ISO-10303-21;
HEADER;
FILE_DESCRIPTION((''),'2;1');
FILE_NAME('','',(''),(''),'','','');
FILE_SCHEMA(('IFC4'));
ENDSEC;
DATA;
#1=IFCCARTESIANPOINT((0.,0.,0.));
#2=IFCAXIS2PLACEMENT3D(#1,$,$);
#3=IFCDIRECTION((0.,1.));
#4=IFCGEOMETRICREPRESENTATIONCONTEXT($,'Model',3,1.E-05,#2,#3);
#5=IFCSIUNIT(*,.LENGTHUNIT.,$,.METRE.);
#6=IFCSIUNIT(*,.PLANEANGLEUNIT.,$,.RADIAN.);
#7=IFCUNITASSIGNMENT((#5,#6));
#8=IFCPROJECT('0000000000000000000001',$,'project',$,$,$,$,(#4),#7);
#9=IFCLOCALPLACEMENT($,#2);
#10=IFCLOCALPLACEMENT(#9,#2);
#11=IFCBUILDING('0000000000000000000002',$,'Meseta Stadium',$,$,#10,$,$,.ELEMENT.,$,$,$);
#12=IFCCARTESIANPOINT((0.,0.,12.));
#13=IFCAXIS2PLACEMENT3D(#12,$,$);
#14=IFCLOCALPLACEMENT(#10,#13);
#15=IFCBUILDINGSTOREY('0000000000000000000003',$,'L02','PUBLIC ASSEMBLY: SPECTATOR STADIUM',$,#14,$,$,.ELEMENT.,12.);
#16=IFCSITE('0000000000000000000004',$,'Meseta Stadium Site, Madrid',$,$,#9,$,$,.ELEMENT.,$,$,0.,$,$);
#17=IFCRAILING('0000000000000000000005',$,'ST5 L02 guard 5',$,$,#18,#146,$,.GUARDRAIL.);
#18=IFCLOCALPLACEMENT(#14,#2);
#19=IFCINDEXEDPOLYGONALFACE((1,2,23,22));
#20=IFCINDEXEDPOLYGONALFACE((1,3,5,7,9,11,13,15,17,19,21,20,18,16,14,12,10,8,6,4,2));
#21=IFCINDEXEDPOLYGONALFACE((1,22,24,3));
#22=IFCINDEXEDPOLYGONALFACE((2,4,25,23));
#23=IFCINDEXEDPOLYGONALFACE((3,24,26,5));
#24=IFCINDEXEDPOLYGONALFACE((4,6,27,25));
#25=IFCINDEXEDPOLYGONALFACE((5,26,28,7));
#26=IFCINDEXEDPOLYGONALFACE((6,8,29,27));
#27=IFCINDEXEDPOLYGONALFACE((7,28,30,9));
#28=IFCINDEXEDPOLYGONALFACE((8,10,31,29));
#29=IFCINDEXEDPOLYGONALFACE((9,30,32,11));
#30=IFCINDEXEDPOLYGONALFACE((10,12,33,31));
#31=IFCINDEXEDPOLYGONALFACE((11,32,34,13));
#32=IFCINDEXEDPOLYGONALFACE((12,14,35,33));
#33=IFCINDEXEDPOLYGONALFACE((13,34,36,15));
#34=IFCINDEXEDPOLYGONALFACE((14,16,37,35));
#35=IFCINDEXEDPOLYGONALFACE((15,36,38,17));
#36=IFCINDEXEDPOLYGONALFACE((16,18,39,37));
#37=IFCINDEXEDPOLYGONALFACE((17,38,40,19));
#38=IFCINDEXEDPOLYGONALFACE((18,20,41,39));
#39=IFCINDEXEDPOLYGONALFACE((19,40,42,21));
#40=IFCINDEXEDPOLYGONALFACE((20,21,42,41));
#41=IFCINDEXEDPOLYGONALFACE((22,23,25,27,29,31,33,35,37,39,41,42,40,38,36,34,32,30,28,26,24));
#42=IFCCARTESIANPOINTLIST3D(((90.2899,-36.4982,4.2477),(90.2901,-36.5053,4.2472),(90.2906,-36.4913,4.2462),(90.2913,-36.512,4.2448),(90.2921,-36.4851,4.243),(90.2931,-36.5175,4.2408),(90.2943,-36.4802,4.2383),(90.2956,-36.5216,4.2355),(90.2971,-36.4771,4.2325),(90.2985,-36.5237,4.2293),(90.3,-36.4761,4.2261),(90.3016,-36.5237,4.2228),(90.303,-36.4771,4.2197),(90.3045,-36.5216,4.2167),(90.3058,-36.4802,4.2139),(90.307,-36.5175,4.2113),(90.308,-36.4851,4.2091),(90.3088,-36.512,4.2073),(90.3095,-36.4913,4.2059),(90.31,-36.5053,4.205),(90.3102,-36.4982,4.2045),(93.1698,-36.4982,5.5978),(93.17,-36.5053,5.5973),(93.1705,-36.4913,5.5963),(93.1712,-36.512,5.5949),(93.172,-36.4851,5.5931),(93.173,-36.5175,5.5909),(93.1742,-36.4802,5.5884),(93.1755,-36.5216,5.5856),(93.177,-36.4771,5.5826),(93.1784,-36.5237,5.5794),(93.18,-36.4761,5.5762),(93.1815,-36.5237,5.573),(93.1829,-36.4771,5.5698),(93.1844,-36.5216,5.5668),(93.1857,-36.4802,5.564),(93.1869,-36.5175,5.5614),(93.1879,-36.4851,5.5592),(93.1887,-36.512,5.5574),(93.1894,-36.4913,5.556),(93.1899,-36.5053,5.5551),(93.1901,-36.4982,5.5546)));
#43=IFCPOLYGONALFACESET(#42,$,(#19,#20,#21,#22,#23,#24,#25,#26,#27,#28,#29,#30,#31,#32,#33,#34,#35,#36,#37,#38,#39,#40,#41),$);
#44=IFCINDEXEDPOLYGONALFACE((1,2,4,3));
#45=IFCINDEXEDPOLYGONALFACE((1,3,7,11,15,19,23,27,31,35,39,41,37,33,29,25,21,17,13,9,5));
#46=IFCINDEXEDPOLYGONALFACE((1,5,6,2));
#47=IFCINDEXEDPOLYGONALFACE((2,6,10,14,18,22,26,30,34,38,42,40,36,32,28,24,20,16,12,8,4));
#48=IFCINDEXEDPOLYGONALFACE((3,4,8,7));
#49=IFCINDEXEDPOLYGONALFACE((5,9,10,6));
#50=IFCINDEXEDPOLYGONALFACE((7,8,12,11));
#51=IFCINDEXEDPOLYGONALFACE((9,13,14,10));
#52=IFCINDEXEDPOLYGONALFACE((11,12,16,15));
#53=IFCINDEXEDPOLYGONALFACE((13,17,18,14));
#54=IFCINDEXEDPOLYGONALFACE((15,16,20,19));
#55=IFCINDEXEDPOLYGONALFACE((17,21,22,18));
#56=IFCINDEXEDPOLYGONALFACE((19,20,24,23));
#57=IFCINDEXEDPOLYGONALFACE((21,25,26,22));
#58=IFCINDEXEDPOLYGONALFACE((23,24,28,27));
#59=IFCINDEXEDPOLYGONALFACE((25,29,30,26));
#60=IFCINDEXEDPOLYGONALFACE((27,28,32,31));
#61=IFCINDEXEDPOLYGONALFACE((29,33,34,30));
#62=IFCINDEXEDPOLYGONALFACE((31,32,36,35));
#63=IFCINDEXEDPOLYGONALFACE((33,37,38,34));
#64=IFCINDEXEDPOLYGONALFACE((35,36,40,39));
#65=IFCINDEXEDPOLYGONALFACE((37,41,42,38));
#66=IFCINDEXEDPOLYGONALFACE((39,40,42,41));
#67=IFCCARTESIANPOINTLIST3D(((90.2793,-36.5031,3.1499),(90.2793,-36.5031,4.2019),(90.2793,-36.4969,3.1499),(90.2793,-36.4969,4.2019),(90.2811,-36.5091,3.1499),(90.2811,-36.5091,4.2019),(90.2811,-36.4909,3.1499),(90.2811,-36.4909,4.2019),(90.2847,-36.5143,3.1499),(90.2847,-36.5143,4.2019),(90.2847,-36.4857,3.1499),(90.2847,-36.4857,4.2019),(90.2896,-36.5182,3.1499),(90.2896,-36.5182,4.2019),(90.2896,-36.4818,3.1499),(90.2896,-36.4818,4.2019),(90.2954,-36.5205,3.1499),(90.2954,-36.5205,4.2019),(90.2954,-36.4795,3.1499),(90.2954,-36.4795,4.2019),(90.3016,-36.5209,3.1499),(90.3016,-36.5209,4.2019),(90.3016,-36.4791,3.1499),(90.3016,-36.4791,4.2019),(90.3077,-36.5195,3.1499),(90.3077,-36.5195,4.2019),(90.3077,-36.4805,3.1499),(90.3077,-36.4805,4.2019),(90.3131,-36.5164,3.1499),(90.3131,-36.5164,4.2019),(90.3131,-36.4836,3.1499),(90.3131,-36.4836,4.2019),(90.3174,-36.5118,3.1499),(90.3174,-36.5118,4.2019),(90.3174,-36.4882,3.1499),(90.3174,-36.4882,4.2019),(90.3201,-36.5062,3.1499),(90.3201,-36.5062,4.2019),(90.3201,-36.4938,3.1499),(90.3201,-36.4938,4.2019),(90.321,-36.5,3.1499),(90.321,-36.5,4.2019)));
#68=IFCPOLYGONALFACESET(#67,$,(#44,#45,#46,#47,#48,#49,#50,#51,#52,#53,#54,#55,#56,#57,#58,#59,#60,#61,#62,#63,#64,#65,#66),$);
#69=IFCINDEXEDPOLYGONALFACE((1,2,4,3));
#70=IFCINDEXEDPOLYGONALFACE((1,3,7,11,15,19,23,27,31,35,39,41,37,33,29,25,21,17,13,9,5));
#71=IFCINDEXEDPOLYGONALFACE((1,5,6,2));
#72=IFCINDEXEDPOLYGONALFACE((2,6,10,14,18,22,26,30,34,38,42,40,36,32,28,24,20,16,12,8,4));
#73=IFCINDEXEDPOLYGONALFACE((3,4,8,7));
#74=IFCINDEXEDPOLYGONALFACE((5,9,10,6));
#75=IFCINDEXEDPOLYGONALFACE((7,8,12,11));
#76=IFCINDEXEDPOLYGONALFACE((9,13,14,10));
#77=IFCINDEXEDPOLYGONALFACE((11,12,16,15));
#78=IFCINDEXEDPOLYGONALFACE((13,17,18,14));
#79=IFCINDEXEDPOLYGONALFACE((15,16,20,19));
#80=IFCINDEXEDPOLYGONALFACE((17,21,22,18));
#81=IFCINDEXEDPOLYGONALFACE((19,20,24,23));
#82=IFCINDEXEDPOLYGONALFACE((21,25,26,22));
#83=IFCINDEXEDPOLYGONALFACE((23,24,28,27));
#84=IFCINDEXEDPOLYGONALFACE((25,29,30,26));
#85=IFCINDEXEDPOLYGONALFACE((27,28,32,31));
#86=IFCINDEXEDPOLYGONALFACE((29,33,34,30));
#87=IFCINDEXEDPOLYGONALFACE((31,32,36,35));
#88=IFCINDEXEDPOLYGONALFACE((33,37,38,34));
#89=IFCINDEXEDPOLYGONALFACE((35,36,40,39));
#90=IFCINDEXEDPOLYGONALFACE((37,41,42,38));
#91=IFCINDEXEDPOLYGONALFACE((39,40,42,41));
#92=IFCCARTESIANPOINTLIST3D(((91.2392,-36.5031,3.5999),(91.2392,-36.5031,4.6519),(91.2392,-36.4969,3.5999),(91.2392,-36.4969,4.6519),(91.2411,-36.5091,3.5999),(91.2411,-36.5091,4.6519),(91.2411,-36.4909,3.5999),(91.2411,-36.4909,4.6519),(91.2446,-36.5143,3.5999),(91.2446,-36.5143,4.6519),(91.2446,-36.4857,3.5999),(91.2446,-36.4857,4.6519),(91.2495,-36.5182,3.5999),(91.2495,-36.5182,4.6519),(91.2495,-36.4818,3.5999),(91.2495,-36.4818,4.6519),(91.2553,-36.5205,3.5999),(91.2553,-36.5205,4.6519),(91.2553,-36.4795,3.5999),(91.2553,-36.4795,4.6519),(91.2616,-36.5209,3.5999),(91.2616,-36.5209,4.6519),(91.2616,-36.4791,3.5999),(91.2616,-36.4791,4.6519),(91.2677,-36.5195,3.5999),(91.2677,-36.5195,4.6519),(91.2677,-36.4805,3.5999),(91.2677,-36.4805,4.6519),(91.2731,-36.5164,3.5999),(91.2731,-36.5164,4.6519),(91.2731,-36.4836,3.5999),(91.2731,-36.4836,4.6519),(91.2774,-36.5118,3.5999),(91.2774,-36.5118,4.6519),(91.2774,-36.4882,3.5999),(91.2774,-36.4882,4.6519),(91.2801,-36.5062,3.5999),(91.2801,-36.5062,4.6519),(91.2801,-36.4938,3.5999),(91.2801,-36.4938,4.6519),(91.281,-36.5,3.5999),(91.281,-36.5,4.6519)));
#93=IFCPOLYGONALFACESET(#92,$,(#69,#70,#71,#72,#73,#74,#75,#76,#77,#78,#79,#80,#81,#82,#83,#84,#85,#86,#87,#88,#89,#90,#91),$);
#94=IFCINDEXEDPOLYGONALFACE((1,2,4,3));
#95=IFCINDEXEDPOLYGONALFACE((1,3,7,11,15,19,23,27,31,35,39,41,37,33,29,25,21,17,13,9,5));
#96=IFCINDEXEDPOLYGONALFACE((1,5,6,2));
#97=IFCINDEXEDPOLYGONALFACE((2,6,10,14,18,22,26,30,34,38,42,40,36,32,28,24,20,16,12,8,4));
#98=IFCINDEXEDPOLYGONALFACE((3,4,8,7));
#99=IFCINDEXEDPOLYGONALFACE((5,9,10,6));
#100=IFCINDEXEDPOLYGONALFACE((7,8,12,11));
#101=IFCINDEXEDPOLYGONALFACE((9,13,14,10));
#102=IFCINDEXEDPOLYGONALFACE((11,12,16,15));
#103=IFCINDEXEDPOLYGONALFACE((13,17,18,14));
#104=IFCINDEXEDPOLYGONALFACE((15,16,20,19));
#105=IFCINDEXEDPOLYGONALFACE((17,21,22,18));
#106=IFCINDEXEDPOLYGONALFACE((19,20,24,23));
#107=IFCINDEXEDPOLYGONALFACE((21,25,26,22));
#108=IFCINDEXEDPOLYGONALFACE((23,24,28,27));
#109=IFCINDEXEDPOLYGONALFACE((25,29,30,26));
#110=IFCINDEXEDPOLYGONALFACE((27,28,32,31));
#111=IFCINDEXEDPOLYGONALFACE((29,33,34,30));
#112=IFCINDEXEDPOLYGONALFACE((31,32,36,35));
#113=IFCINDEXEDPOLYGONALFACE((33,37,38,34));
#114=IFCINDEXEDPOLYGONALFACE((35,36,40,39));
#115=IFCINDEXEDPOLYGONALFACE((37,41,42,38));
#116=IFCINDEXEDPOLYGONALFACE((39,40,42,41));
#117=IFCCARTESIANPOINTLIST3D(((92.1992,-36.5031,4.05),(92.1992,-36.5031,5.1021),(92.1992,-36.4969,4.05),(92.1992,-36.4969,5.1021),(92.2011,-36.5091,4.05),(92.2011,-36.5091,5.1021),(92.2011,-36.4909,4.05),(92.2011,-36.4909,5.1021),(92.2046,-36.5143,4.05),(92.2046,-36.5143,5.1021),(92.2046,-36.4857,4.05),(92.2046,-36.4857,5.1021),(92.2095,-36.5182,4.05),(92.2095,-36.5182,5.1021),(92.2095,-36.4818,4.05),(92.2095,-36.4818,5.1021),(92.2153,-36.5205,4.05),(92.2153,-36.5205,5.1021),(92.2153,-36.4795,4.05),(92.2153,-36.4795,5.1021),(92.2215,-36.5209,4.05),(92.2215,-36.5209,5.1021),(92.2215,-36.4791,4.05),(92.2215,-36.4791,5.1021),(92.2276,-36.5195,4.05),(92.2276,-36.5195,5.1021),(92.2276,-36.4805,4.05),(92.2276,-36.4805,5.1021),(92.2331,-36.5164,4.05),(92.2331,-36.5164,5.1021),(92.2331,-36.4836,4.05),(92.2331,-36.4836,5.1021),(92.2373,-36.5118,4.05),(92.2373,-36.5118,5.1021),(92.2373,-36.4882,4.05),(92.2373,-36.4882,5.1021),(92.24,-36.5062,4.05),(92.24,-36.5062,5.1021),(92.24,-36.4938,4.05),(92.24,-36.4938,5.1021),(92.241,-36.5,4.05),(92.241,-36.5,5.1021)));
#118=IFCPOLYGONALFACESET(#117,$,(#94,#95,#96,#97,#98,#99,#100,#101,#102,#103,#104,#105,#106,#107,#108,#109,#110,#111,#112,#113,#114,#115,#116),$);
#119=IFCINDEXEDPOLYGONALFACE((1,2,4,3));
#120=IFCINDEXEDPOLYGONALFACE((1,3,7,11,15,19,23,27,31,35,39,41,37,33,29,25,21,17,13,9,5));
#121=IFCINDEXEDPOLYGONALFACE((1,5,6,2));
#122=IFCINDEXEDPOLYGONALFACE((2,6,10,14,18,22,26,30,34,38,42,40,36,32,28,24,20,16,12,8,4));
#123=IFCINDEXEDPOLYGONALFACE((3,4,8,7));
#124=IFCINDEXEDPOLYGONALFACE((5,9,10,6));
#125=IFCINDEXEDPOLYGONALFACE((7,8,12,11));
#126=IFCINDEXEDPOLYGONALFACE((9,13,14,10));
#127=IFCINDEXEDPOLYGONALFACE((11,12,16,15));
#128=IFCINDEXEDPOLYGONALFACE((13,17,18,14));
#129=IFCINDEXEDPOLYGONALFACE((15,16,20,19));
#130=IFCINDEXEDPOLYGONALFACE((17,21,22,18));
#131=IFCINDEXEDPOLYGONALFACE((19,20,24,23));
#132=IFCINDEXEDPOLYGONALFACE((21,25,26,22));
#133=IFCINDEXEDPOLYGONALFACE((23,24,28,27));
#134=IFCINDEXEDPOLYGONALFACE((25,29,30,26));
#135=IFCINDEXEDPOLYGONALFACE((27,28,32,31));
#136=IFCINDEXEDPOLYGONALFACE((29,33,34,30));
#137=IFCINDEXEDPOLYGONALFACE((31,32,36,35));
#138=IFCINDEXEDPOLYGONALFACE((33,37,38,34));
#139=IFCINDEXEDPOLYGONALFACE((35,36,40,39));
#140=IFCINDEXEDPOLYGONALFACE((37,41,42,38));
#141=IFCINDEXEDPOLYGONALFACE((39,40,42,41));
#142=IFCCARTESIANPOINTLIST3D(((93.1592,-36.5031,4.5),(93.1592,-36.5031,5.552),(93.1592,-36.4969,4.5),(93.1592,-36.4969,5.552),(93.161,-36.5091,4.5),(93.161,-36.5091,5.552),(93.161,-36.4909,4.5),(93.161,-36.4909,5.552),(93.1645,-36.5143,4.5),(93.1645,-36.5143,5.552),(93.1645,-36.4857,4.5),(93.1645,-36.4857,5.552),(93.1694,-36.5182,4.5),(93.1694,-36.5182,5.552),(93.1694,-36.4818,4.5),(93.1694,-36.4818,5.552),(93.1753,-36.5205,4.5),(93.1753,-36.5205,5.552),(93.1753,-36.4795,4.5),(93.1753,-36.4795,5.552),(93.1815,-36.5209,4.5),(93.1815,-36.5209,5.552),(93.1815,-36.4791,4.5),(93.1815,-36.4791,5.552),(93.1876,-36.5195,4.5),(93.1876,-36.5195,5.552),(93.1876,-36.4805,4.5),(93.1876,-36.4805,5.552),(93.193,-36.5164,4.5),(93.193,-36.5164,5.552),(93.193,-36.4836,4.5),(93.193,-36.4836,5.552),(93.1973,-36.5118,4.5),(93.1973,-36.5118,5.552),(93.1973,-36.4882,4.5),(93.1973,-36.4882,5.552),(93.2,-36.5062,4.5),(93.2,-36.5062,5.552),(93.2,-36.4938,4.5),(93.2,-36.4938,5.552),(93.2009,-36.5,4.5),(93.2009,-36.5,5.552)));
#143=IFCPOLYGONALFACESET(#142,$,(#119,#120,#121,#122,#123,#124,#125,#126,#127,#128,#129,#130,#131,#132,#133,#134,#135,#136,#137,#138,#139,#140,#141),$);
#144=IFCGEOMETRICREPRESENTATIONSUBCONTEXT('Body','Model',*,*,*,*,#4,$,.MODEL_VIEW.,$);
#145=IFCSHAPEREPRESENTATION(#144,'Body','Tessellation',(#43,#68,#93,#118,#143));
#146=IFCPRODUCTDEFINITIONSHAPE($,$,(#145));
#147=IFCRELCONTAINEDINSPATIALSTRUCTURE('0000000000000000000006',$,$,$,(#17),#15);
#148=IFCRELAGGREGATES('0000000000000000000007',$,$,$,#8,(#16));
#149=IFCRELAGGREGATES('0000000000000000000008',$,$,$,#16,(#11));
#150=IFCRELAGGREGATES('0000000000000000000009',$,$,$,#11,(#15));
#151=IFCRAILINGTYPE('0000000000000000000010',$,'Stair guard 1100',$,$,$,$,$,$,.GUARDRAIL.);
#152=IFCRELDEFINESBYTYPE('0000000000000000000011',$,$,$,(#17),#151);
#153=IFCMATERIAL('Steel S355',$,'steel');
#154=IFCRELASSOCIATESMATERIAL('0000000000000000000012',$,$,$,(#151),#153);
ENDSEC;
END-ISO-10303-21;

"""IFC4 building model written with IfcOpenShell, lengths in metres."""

from ifc_helpers import new_model, si_unit, direction, frame, origin, origin_2d, place, context, subcontext, project, spatial, circle, extrude, material, type_object, element, save


model = new_model("IFC4")

# Units and contexts
model_context = context("Model", 3, precision=1e-05, world=origin(), true_north=direction((0.0, 1.0)))
body_context = subcontext(model_context, "Body", "Model", "MODEL_VIEW")
ifc_project = project(units=[si_unit("LENGTHUNIT", "METRE"), si_unit("PLANEANGLEUNIT", "RADIAN")], contexts=[model_context])

# Site, building, storey
site_placement = place(None, origin())
site = spatial("IfcSite", under=ifc_project, at=site_placement, Name="Meseta Stadium Site, Madrid", CompositionType="ELEMENT", RefElevation=0.0)
building_placement = place(site_placement, origin())
building = spatial("IfcBuilding", under=site, at=building_placement, Name="Meseta Stadium", CompositionType="ELEMENT")
storey_placement = place(building_placement, frame((0.0, 0.0, 12.0)))
storey = spatial("IfcBuildingStorey", under=building, at=storey_placement, Name="L02", Description="PUBLIC ASSEMBLY: SPECTATOR STADIUM", CompositionType="ELEMENT", Elevation=12.0)

# Railing
ifc_material_1 = material(Name="Steel S355", Category="steel")
railing_type_1 = type_object("IfcRailingType", Name="Stair guard 1100", PredefinedType="GUARDRAIL", material=ifc_material_1)
railing_1_placement = place(storey_placement, frame((90.3, -36.5, 3.1499)))
element("IfcRailing", 1, at=railing_1_placement, inside=storey, type_object=railing_type_1, Name="ST5 L02 guard 5", PredefinedType="GUARDRAIL", context=body_context, shape_type="SweptSolid", body=[
    extrude(circle(Radius=0.0239, at=origin_2d()), frame((0.0, 0.0, 1.0762), z_axis=(0.90544, 0.0, 0.424473), x_axis=(0.0, 1.0, 0.0)), (0.0, 0.0, 1.0), 3.1807),
    extrude(circle(Radius=0.021, at=origin_2d()), origin(), (0.0, 0.0, 1.0), 1.052),
    extrude(circle(Radius=0.021, at=origin_2d()), frame((0.96, 0.0, 0.45)), (0.0, 0.0, 1.0), 1.052),
    extrude(circle(Radius=0.021, at=origin_2d()), frame((1.9199, 0.0, 0.9001)), (0.0, 0.0, 1.0), 1.052),
    extrude(circle(Radius=0.021, at=origin_2d()), frame((2.8799, 0.0, 1.3501)), (0.0, 0.0, 1.0), 1.052),
])

save(model, "model.ifc")
